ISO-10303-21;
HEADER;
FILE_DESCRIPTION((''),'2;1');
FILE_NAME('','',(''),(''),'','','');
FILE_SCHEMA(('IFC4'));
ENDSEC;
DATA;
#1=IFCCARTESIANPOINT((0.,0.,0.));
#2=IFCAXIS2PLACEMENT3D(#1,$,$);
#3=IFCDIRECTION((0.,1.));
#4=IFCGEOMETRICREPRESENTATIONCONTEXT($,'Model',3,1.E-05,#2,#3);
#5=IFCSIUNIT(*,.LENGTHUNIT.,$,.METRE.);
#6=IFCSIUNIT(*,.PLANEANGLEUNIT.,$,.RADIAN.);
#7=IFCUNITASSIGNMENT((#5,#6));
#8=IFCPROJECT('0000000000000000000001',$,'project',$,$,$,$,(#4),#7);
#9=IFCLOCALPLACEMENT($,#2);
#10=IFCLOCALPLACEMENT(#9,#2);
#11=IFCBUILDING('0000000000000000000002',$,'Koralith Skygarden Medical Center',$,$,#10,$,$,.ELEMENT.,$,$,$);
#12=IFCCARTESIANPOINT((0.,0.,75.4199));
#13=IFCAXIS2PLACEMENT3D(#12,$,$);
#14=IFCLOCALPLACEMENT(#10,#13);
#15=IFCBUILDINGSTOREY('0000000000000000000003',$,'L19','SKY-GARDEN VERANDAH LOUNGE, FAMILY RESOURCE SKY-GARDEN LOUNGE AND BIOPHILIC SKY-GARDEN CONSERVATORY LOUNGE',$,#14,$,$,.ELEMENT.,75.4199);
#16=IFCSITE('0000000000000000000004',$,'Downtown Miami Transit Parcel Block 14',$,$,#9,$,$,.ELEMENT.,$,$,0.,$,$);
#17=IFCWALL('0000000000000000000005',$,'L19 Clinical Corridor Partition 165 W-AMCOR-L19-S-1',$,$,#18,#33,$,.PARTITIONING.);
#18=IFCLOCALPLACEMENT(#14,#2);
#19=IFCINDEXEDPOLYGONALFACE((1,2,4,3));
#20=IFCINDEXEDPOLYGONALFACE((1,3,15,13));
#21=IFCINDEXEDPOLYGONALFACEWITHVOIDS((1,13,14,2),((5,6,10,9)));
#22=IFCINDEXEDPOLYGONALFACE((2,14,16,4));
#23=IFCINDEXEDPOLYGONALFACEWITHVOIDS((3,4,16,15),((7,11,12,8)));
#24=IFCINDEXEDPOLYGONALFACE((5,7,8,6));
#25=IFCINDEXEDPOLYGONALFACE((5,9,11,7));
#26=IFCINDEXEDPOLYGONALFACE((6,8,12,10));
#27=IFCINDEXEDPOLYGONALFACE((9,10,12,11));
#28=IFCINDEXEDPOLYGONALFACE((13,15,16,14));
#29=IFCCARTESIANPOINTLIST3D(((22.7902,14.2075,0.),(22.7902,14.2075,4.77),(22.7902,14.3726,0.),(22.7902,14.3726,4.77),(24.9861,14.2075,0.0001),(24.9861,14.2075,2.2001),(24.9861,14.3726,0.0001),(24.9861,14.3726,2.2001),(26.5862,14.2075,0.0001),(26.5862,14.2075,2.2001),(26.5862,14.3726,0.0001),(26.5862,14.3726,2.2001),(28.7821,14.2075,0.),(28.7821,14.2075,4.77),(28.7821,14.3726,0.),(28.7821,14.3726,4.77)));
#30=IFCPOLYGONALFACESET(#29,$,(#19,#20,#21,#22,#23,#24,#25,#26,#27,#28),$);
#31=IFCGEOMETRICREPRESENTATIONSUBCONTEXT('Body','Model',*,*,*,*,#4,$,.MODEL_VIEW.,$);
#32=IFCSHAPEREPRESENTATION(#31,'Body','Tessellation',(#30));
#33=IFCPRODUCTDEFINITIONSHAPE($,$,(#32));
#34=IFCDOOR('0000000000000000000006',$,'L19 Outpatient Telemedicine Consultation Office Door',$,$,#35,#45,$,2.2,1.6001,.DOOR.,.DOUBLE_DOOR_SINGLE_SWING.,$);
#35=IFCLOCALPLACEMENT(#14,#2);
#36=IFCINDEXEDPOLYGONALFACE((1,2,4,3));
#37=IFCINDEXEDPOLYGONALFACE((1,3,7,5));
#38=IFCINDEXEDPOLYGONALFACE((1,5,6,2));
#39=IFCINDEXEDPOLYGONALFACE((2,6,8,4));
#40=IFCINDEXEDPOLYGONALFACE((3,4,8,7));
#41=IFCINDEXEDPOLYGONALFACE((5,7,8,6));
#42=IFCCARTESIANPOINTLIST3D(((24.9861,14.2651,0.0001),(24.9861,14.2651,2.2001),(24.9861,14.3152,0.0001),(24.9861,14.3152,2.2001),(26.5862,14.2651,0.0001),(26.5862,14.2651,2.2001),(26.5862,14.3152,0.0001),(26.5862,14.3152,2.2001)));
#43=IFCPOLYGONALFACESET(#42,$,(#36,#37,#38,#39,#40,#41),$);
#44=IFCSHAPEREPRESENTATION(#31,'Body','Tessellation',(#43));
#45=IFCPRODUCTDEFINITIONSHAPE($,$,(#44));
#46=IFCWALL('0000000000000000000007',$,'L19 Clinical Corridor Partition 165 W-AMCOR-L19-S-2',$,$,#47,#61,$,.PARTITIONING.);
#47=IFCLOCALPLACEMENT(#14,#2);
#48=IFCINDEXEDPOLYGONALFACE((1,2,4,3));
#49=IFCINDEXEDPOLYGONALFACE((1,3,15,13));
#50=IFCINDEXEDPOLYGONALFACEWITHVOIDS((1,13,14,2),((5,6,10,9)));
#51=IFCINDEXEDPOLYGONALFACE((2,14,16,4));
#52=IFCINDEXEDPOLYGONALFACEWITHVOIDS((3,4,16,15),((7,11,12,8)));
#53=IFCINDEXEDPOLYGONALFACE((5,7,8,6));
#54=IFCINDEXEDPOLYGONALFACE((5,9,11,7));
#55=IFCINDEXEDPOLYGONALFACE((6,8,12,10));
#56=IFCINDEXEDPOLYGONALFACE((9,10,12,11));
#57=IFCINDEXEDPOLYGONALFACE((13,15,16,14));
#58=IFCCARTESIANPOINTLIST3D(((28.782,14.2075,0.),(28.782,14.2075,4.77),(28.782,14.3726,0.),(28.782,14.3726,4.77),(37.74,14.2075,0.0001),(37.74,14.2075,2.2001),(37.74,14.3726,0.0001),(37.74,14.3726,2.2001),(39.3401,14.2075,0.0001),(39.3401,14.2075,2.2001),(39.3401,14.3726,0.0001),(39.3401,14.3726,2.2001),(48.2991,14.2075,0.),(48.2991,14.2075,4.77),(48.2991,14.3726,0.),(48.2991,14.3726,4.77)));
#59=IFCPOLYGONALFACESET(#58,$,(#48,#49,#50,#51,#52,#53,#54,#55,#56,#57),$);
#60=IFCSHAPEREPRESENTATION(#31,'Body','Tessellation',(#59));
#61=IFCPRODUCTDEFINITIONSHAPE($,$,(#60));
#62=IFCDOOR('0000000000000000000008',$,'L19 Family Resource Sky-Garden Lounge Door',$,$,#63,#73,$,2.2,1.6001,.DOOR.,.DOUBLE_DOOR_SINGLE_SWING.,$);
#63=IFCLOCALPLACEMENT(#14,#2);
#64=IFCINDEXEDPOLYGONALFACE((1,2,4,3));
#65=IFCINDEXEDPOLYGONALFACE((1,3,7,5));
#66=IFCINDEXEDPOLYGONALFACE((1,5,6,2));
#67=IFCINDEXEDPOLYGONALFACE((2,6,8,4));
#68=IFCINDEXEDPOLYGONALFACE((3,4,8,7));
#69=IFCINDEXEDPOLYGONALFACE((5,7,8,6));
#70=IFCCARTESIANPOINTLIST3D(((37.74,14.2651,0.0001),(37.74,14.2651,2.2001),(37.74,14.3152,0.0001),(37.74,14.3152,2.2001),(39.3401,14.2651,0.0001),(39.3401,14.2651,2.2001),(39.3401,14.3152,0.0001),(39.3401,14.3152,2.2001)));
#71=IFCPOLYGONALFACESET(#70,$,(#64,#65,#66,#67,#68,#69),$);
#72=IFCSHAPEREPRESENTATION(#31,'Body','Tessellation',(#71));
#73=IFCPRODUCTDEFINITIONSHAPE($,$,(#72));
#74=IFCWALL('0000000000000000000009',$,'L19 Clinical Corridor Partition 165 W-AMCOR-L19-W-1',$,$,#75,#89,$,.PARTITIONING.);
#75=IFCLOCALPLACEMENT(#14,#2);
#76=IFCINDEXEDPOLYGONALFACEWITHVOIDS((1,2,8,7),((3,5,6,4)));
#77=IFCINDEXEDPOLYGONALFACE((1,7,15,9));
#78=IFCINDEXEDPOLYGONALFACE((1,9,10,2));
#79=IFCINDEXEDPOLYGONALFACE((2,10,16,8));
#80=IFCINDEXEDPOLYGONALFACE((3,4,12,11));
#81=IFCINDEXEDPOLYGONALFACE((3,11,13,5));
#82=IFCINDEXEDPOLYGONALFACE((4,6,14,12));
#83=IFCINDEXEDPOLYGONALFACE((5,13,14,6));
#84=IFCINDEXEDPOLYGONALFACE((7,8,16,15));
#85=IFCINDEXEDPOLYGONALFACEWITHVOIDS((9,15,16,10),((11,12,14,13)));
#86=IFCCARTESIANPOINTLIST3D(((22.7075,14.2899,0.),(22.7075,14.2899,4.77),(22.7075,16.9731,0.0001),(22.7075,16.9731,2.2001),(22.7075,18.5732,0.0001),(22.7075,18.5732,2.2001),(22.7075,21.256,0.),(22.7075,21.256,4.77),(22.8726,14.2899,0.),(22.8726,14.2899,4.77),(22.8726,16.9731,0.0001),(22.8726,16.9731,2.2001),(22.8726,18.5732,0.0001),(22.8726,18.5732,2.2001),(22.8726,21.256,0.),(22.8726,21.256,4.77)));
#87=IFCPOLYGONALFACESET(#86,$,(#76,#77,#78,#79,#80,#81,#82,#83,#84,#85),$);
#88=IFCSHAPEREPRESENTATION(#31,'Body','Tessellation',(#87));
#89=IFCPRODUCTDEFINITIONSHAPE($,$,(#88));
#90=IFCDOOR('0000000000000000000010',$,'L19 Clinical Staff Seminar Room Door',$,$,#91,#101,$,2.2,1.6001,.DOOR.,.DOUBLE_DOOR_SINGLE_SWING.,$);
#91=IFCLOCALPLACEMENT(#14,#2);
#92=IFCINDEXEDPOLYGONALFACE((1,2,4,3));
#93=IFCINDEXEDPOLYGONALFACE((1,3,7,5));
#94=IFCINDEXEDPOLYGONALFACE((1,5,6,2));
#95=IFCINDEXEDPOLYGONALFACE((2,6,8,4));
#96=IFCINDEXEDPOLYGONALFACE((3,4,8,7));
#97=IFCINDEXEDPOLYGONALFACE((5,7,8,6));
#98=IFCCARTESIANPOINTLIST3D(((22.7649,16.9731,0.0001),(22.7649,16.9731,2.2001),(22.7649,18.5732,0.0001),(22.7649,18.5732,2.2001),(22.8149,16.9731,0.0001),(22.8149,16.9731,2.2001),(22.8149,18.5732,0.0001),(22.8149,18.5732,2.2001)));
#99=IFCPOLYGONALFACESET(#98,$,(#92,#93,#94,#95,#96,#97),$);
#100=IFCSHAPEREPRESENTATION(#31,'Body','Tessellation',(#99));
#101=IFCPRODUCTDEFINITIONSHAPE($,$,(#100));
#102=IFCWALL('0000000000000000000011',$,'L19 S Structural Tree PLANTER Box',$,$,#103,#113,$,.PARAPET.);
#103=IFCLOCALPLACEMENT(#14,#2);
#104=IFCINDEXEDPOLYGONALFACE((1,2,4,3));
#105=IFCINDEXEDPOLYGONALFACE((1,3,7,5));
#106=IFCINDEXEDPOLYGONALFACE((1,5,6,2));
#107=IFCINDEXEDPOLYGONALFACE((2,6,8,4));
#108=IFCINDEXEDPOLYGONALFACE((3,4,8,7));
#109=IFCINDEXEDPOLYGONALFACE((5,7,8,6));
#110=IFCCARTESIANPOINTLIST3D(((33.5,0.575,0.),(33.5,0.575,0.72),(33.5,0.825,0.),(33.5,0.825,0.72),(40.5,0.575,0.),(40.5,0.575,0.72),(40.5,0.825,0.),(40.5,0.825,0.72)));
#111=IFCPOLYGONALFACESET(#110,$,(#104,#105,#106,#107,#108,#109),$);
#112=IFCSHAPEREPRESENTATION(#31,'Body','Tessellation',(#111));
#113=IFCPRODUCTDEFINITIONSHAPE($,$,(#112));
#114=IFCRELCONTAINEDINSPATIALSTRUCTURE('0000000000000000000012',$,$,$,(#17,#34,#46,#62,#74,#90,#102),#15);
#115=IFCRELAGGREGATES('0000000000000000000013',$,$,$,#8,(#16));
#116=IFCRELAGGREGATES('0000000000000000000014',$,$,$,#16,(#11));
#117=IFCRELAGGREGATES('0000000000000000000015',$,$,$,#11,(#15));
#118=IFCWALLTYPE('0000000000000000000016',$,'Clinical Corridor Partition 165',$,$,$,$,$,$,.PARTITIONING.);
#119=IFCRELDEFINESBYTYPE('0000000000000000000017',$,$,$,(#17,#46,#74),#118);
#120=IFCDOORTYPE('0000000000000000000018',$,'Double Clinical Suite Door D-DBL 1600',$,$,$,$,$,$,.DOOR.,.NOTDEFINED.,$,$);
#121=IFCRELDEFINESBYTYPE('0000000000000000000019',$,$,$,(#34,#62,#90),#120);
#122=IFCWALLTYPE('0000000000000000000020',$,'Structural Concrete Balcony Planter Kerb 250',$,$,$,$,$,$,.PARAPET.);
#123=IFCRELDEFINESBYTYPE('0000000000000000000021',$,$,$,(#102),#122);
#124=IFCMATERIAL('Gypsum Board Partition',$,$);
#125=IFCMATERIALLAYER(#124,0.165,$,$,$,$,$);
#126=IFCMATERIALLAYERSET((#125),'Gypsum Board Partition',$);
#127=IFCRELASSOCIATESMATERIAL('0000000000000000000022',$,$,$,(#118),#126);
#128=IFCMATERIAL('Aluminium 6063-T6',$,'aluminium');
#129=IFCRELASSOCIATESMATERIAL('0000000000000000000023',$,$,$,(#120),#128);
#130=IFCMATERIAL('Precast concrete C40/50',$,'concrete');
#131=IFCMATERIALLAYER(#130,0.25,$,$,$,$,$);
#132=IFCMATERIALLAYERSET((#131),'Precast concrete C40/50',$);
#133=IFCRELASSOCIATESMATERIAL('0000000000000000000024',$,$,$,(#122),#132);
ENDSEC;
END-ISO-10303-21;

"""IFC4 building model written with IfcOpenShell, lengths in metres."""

from ifc_helpers import new_model, si_unit, direction, frame, frame_2d, origin, place, context, subcontext, project, spatial, rectangle, extrude, material, layer, layer_set, type_object, element, fill, save


model = new_model("IFC4")

# Units and contexts
model_context = context("Model", 3, precision=1e-05, world=origin(), true_north=direction((0.0, 1.0)))
body_context = subcontext(model_context, "Body", "Model", "MODEL_VIEW")
ifc_project = project(units=[si_unit("LENGTHUNIT", "METRE"), si_unit("PLANEANGLEUNIT", "RADIAN")], contexts=[model_context])

# Site, building, storey
site_placement = place(None, origin())
site = spatial("IfcSite", under=ifc_project, at=site_placement, Name="Downtown Miami Transit Parcel Block 14", CompositionType="ELEMENT", RefElevation=0.0)
building_placement = place(site_placement, origin())
building = spatial("IfcBuilding", under=site, at=building_placement, Name="Koralith Skygarden Medical Center", CompositionType="ELEMENT")
storey_placement = place(building_placement, frame((0.0, 0.0, 75.4199)))
storey = spatial("IfcBuildingStorey", under=building, at=storey_placement, Name="L19", Description="SKY-GARDEN VERANDAH LOUNGE, FAMILY RESOURCE SKY-GARDEN LOUNGE AND BIOPHILIC SKY-GARDEN CONSERVATORY LOUNGE", CompositionType="ELEMENT", Elevation=75.4199)

# Shared definitions
ifc_material_1 = material(Name="Aluminium 6063-T6", Category="aluminium")

# Shared definitions
ifc_material_2 = material(Name="Gypsum Board Partition")

# Walls, openings, doors
ifc_layer_1 = layer(ifc_material_2, 0.165)
ifc_layer_set_1 = layer_set([ifc_layer_1], Name="Gypsum Board Partition")
wall_type_1 = type_object("IfcWallType", Name="Clinical Corridor Partition 165", PredefinedType="PARTITIONING", material=ifc_layer_set_1)
wall_1_placement = place(storey_placement, frame((22.79, 14.29, 0.0), z_axis=(0.0, 0.0, 1.0), x_axis=(1.0, 0.0, 0.0)))
wall_1 = element("IfcWall", 1, at=wall_1_placement, inside=storey, type_object=wall_type_1, Name="L19 Clinical Corridor Partition 165 W-AMCOR-L19-S-1", PredefinedType="PARTITIONING", context=body_context, shape_type="SweptSolid", body=[
    extrude(rectangle(XDim=5.9919, YDim=0.165, at=frame_2d((2.9961, 0.0))), origin(), (0.0, 0.0, 1.0), 4.77),
])
opening_1_placement = place(wall_1_placement, frame((2.196, 0.0, 0.0)))
opening_1 = element("IfcOpeningElement", 2, at=opening_1_placement, cuts=wall_1, PredefinedType="OPENING", context=body_context, shape_type="SweptSolid", body=[
    extrude(rectangle(XDim=1.6001, YDim=2.2, at=frame_2d((0.8, 1.1001))), frame((0.0, 0.0925, 0.0), z_axis=(0.0, -1.0, 0.0), x_axis=(1.0, 0.0, 0.0)), (0.0, 0.0, 1.0), 0.1851),
])
door_type = type_object("IfcDoorType", Name="Double Clinical Suite Door D-DBL 1600", OperationType="NOTDEFINED", PredefinedType="DOOR", material=ifc_material_1)
door_1_placement = place(opening_1_placement, frame((1.6001, 0.0, 0.0), z_axis=(0.0, 0.0, 1.0), x_axis=(-1.0, 0.0, 0.0)))
door_1 = element("IfcDoor", 3, at=door_1_placement, inside=storey, type_object=door_type, Name="L19 Outpatient Telemedicine Consultation Office Door", OperationType="DOUBLE_DOOR_SINGLE_SWING", OverallHeight=2.2, OverallWidth=1.6001, PredefinedType="DOOR", context=body_context, shape_type="SweptSolid", body=[
    extrude(rectangle(XDim=1.6001, YDim=2.2, at=frame_2d((0.8, 1.1001))), frame((0.0, 0.0249, 0.0), z_axis=(0.0, -1.0, 0.0), x_axis=(1.0, 0.0, 0.0)), (0.0, 0.0, 1.0), 0.05),
])
fill(opening_1, door_1)
wall_2_placement = place(storey_placement, frame((28.782, 14.29, 0.0), z_axis=(0.0, 0.0, 1.0), x_axis=(1.0, 0.0, 0.0)))
wall_2 = element("IfcWall", 4, at=wall_2_placement, inside=storey, type_object=wall_type_1, Name="L19 Clinical Corridor Partition 165 W-AMCOR-L19-S-2", PredefinedType="PARTITIONING", context=body_context, shape_type="SweptSolid", body=[
    extrude(rectangle(XDim=19.5171, YDim=0.165, at=frame_2d((9.7585, 0.0))), origin(), (0.0, 0.0, 1.0), 4.77),
])
opening_2_placement = place(wall_2_placement, frame((8.958, 0.0, 0.0)))
opening_2 = element("IfcOpeningElement", 5, at=opening_2_placement, cuts=wall_2, PredefinedType="OPENING", context=body_context, shape_type="SweptSolid", body=[
    extrude(rectangle(XDim=1.6001, YDim=2.2, at=frame_2d((0.8, 1.1001))), frame((0.0, 0.0925, 0.0), z_axis=(0.0, -1.0, 0.0), x_axis=(1.0, 0.0, 0.0)), (0.0, 0.0, 1.0), 0.1851),
])
door_2_placement = place(opening_2_placement, frame((1.6001, 0.0, 0.0), z_axis=(0.0, 0.0, 1.0), x_axis=(-1.0, 0.0, 0.0)))
door_2 = element("IfcDoor", 6, at=door_2_placement, inside=storey, type_object=door_type, Name="L19 Family Resource Sky-Garden Lounge Door", OperationType="DOUBLE_DOOR_SINGLE_SWING", OverallHeight=2.2, OverallWidth=1.6001, PredefinedType="DOOR", context=body_context, shape_type="SweptSolid", body=[
    extrude(rectangle(XDim=1.6001, YDim=2.2, at=frame_2d((0.8, 1.1001))), frame((0.0, 0.0249, 0.0), z_axis=(0.0, -1.0, 0.0), x_axis=(1.0, 0.0, 0.0)), (0.0, 0.0, 1.0), 0.05),
])
fill(opening_2, door_2)
wall_3_placement = place(storey_placement, frame((22.79, 14.29, 0.0), z_axis=(0.0, 0.0, 1.0), x_axis=(0.0, 1.0, 0.0)))
wall_3 = element("IfcWall", 7, at=wall_3_placement, inside=storey, type_object=wall_type_1, Name="L19 Clinical Corridor Partition 165 W-AMCOR-L19-W-1", PredefinedType="PARTITIONING", context=body_context, shape_type="SweptSolid", body=[
    extrude(rectangle(XDim=6.9661, YDim=0.165, at=frame_2d((3.4829, 0.0))), origin(), (0.0, 0.0, 1.0), 4.77),
])
opening_3_placement = place(wall_3_placement, frame((2.6831, 0.0, 0.0)))
opening_3 = element("IfcOpeningElement", 8, at=opening_3_placement, cuts=wall_3, PredefinedType="OPENING", context=body_context, shape_type="SweptSolid", body=[
    extrude(rectangle(XDim=1.6001, YDim=2.2, at=frame_2d((0.8, 1.1001))), frame((0.0, 0.0925, 0.0), z_axis=(0.0, -1.0, 0.0), x_axis=(1.0, 0.0, 0.0)), (0.0, 0.0, 1.0), 0.1851),
])
door_3_placement = place(opening_3_placement, frame((1.6001, 0.0, 0.0), z_axis=(0.0, 0.0, 1.0), x_axis=(-1.0, 0.0, 0.0)))
door_3 = element("IfcDoor", 9, at=door_3_placement, inside=storey, type_object=door_type, Name="L19 Clinical Staff Seminar Room Door", OperationType="DOUBLE_DOOR_SINGLE_SWING", OverallHeight=2.2, OverallWidth=1.6001, PredefinedType="DOOR", context=body_context, shape_type="SweptSolid", body=[
    extrude(rectangle(XDim=1.6001, YDim=2.2, at=frame_2d((0.8, 1.1001))), frame((0.0, 0.0249, 0.0), z_axis=(0.0, -1.0, 0.0), x_axis=(1.0, 0.0, 0.0)), (0.0, 0.0, 1.0), 0.05),
])
fill(opening_3, door_3)

# Wall
ifc_material_3 = material(Name="Precast concrete C40/50", Category="concrete")
ifc_layer_2 = layer(ifc_material_3, 0.25)
ifc_layer_set_2 = layer_set([ifc_layer_2], Name="Precast concrete C40/50")
wall_type_2 = type_object("IfcWallType", Name="Structural Concrete Balcony Planter Kerb 250", PredefinedType="PARAPET", material=ifc_layer_set_2)
wall_4_placement = place(storey_placement, frame((33.5, 0.7, 0.0), z_axis=(0.0, 0.0, 1.0), x_axis=(1.0, 0.0, 0.0)))
element("IfcWall", 10, at=wall_4_placement, inside=storey, type_object=wall_type_2, Name="L19 S Structural Tree PLANTER Box", PredefinedType="PARAPET", context=body_context, shape_type="SweptSolid", body=[
    extrude(rectangle(XDim=7.0, YDim=0.25, at=frame_2d((3.5, 0.0))), origin(), (0.0, 0.0, 1.0), 0.72),
])

save(model, "model.ifc")
